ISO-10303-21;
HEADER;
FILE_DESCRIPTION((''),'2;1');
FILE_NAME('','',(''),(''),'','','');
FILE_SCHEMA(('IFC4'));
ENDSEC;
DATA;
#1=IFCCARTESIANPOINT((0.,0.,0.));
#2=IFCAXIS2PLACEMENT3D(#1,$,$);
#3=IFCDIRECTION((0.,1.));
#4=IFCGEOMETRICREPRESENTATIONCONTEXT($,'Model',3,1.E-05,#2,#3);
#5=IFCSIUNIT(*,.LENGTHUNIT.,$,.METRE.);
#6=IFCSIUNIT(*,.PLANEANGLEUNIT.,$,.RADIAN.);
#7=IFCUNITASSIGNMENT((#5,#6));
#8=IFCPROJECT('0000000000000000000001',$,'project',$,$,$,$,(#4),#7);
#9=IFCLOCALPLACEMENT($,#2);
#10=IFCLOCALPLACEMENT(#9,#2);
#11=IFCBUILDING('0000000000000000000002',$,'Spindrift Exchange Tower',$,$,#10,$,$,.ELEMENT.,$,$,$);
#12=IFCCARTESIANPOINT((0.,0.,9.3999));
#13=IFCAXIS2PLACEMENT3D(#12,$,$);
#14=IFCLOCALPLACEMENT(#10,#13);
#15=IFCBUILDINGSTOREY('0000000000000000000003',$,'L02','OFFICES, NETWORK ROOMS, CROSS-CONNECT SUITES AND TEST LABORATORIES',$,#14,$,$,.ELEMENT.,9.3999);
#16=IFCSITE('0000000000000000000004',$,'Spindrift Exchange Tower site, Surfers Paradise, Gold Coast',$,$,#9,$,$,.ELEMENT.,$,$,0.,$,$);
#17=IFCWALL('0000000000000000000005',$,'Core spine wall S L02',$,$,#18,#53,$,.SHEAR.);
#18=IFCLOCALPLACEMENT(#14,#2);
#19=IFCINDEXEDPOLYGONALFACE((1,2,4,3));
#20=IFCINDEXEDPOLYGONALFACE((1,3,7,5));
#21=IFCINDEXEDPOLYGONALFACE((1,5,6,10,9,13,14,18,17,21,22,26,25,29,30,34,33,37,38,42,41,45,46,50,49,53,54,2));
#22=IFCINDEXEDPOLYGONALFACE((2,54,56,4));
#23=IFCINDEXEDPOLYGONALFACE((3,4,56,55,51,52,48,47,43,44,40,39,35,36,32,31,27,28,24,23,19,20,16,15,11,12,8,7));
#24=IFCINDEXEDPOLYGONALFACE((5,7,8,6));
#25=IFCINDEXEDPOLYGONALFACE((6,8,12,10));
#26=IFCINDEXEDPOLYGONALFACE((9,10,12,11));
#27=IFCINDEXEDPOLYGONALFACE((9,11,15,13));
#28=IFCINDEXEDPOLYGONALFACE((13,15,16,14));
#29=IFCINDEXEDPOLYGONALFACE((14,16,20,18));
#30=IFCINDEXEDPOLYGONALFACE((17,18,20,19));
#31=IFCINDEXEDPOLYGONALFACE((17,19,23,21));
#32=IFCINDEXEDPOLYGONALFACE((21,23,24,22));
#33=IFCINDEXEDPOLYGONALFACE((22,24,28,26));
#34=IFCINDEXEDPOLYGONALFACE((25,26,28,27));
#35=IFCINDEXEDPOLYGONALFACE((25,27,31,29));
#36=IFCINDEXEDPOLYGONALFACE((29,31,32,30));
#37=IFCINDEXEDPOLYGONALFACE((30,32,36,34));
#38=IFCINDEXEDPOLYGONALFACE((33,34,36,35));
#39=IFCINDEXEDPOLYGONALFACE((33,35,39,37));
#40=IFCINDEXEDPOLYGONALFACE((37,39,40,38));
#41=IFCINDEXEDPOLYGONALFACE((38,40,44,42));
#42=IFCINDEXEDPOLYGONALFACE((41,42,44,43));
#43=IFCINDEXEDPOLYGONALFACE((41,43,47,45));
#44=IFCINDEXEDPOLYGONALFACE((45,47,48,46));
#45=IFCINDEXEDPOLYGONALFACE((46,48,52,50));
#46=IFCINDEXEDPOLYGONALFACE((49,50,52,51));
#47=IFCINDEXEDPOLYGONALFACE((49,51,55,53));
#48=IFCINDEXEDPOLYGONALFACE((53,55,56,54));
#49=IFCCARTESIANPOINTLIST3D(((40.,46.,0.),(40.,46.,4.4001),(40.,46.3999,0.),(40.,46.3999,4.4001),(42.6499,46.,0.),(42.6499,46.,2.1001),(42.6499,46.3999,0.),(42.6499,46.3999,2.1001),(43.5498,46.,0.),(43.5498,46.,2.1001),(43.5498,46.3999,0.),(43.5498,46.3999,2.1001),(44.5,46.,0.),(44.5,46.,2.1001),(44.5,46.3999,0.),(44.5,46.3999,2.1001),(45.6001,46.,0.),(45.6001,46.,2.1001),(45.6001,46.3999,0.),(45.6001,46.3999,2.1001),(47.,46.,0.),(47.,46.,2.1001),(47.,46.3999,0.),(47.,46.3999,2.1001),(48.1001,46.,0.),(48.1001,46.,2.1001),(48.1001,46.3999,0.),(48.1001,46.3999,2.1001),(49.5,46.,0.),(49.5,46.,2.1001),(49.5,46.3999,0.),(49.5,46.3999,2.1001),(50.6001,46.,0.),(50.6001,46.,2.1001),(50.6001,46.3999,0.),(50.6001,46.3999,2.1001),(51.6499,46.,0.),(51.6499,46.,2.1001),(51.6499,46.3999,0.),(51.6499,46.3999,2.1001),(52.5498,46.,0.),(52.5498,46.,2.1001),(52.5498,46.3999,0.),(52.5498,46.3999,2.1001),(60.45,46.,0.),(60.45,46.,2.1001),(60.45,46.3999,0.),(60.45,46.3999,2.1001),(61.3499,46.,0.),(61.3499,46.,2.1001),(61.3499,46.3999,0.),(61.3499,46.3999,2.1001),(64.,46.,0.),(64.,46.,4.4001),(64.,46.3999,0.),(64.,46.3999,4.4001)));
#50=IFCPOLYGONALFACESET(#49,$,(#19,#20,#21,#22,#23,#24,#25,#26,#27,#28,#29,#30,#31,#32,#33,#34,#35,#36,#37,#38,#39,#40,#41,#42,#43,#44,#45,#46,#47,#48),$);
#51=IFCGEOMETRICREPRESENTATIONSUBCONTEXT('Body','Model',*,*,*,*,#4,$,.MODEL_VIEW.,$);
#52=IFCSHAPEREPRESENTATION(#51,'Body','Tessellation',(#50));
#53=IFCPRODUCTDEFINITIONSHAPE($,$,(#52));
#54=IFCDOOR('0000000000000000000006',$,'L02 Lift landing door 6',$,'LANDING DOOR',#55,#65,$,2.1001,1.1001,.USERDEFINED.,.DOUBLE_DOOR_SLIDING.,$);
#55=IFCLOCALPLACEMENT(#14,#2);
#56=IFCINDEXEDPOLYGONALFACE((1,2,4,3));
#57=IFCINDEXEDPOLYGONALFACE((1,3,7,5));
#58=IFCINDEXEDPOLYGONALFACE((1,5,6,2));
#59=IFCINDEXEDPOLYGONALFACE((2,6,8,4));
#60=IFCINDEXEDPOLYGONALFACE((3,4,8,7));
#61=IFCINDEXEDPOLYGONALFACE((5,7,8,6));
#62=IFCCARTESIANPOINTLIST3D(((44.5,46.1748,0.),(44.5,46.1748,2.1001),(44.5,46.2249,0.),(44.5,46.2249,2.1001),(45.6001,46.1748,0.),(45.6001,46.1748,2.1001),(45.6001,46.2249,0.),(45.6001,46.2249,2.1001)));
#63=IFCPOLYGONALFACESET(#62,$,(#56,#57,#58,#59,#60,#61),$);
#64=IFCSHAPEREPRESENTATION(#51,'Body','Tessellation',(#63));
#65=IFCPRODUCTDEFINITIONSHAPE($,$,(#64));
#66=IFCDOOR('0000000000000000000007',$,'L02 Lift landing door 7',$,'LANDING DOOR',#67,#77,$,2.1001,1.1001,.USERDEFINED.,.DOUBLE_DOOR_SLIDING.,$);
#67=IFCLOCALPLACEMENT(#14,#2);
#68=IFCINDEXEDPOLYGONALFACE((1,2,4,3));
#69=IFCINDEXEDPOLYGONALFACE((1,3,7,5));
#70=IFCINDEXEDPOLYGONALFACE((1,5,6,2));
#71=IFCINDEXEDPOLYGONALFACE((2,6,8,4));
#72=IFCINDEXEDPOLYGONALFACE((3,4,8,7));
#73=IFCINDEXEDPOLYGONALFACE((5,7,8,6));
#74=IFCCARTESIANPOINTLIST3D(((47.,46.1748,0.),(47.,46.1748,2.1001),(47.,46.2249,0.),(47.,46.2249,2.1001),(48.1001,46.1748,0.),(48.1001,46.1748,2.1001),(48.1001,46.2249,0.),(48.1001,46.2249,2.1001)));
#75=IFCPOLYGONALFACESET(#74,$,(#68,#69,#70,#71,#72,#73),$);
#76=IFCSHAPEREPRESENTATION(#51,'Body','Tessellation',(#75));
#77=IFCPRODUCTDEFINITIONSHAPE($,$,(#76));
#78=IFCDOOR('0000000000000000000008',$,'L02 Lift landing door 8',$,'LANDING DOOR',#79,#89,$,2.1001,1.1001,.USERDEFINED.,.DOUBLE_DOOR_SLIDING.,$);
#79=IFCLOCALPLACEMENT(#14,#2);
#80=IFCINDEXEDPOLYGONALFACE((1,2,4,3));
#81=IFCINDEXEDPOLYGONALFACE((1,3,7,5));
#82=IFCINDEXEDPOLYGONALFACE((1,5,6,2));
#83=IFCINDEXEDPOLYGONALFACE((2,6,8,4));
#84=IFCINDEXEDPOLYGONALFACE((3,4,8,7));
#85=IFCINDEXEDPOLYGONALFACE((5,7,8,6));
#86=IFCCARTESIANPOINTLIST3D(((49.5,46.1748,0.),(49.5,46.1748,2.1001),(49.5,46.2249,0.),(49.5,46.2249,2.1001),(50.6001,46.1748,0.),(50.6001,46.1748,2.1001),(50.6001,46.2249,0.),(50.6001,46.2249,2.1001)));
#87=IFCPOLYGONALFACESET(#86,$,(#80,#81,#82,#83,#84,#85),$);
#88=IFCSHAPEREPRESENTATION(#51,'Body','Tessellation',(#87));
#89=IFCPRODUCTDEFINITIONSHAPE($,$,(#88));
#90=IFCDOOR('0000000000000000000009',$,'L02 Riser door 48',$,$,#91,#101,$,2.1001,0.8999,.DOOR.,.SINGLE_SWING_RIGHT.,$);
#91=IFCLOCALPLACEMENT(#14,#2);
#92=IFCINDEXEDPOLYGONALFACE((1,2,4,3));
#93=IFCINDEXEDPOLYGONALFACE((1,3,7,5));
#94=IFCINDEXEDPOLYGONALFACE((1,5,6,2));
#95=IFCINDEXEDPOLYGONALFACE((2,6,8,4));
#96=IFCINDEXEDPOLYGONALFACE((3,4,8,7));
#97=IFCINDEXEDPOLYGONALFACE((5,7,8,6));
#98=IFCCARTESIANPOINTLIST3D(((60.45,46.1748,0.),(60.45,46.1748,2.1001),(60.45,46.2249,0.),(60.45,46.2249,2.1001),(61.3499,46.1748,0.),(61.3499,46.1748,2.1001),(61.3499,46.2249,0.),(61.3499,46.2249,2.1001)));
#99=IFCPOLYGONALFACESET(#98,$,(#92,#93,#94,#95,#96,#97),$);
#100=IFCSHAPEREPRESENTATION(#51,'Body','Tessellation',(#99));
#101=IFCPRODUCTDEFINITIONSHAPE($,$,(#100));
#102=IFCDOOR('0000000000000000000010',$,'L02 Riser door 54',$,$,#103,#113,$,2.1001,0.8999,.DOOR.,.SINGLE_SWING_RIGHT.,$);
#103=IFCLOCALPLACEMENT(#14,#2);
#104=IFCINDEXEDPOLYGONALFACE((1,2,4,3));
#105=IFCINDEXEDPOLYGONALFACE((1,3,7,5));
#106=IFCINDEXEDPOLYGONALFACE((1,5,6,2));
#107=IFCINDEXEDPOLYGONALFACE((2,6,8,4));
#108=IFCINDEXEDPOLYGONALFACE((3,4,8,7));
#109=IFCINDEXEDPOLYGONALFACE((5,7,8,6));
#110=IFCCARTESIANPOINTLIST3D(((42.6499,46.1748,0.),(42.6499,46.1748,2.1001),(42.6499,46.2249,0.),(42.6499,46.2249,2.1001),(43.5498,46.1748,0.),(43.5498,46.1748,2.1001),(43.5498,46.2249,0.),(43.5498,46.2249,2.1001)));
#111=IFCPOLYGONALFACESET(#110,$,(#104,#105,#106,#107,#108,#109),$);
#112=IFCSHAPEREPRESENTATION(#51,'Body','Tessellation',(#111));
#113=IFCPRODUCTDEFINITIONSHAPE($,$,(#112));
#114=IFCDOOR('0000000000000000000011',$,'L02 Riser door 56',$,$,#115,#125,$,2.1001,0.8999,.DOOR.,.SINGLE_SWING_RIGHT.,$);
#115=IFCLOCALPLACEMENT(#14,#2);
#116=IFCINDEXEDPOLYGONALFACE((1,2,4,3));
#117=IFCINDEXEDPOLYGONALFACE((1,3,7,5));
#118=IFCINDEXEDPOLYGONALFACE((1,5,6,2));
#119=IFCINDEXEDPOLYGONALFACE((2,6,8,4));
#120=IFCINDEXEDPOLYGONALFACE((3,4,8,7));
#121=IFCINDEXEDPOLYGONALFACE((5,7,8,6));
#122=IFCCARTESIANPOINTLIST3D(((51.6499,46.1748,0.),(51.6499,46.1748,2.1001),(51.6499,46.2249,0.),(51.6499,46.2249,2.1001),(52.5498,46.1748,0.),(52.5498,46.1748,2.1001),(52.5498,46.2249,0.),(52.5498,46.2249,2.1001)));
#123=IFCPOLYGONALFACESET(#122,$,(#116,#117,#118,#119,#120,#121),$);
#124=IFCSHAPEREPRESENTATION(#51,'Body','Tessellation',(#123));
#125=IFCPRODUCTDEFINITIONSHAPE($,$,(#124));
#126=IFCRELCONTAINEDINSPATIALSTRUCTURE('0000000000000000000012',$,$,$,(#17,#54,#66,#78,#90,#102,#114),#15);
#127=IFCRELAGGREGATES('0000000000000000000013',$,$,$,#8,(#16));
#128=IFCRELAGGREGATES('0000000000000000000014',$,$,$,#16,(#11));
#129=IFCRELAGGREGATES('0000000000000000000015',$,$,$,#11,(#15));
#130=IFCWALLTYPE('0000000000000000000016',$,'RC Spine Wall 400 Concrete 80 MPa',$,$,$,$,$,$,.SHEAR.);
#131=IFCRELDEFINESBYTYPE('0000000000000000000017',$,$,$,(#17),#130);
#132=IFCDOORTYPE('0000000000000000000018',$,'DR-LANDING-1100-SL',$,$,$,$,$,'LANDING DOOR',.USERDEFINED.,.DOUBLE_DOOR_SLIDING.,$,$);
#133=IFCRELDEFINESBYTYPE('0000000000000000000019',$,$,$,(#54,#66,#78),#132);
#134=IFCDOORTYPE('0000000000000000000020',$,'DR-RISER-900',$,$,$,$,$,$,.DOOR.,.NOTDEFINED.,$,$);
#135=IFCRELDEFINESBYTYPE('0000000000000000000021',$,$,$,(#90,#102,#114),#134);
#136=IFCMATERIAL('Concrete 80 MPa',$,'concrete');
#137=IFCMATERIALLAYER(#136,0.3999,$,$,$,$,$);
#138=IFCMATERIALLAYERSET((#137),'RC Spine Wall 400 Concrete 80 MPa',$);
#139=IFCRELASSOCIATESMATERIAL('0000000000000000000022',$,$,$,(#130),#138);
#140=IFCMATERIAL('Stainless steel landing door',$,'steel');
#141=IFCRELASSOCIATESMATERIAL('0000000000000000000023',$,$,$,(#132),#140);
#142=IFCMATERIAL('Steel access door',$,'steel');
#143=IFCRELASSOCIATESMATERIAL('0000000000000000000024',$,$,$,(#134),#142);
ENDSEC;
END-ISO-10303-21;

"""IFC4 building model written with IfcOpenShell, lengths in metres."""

from ifc_helpers import new_model, si_unit, direction, frame, frame_2d, origin, place, context, subcontext, project, spatial, rectangle, extrude, source, transform, mapped, material, layer, layer_set, type_object, element, fill, save


model = new_model("IFC4")

# Units and contexts
model_context = context("Model", 3, precision=1e-05, world=origin(), true_north=direction((0.0, 1.0)))
body_context = subcontext(model_context, "Body", "Model", "MODEL_VIEW")
ifc_project = project(units=[si_unit("LENGTHUNIT", "METRE"), si_unit("PLANEANGLEUNIT", "RADIAN")], contexts=[model_context])

# Site, building, storey
site_placement = place(None, origin())
site = spatial("IfcSite", under=ifc_project, at=site_placement, Name="Spindrift Exchange Tower site, Surfers Paradise, Gold Coast", CompositionType="ELEMENT", RefElevation=0.0)
building_placement = place(site_placement, origin())
building = spatial("IfcBuilding", under=site, at=building_placement, Name="Spindrift Exchange Tower", CompositionType="ELEMENT")
storey_placement = place(building_placement, frame((0.0, 0.0, 9.3999)))
storey = spatial("IfcBuildingStorey", under=building, at=storey_placement, Name="L02", Description="OFFICES, NETWORK ROOMS, CROSS-CONNECT SUITES AND TEST LABORATORIES", CompositionType="ELEMENT", Elevation=9.3999)

# Wall, openings, doors
ifc_material_1 = material(Name="Concrete 80 MPa", Category="concrete")
ifc_layer = layer(ifc_material_1, 0.3999)
ifc_layer_set = layer_set([ifc_layer], Name="RC Spine Wall 400 Concrete 80 MPa")
wall_type = type_object("IfcWallType", Name="RC Spine Wall 400 Concrete 80 MPa", PredefinedType="SHEAR", material=ifc_layer_set)
ifc_material_2 = material(Name="Stainless steel landing door", Category="steel")
door_type_1 = type_object("IfcDoorType", Name="DR-LANDING-1100-SL", ElementType="LANDING DOOR", OperationType="DOUBLE_DOOR_SLIDING", PredefinedType="USERDEFINED", material=ifc_material_2)
shared_shape_1 = source(origin(), body_context, "Body", "SweptSolid", [
    extrude(rectangle(XDim=1.1001, YDim=2.1001, at=frame_2d((0.55, 1.05))), frame((0.0, 0.0249, 0.0), z_axis=(0.0, -1.0, 0.0), x_axis=(1.0, 0.0, 0.0)), (0.0, 0.0, 1.0), 0.05),
])
ifc_material_3 = material(Name="Steel access door", Category="steel")
door_type_2 = type_object("IfcDoorType", Name="DR-RISER-900", OperationType="NOTDEFINED", PredefinedType="DOOR", material=ifc_material_3)
shared_shape_2 = source(origin(), body_context, "Body", "SweptSolid", [
    extrude(rectangle(XDim=0.8999, YDim=2.1001, at=frame_2d((0.45, 1.05))), frame((0.0, 0.0249, 0.0), z_axis=(0.0, -1.0, 0.0), x_axis=(1.0, 0.0, 0.0)), (0.0, 0.0, 1.0), 0.05),
])
wall_1_placement = place(storey_placement, frame((40.0, 46.2, 0.0), z_axis=(0.0, 0.0, 1.0), x_axis=(1.0, 0.0, 0.0)))
wall_1 = element("IfcWall", 1, at=wall_1_placement, inside=storey, type_object=wall_type, Name="Core spine wall S L02", PredefinedType="SHEAR", context=body_context, shape_type="SweptSolid", body=[
    extrude(rectangle(XDim=24.0, YDim=0.3999, at=frame_2d((12.0, 0.0))), origin(), (0.0, 0.0, 1.0), 4.4001),
])
opening_1_placement = place(wall_1_placement, frame((4.5, 0.0, 0.0)))
opening_1 = element("IfcOpeningElement", 2, at=opening_1_placement, cuts=wall_1, PredefinedType="OPENING", context=body_context, shape_type="SweptSolid", body=[
    extrude(rectangle(XDim=1.1001, YDim=2.1001, at=frame_2d((0.55, 1.05))), frame((0.0, 0.21, 0.0), z_axis=(0.0, -1.0, 0.0), x_axis=(1.0, 0.0, 0.0)), (0.0, 0.0, 1.0), 0.4199),
])
opening_2_placement = place(wall_1_placement, frame((7.0, 0.0, 0.0)))
opening_2 = element("IfcOpeningElement", 3, at=opening_2_placement, cuts=wall_1, PredefinedType="OPENING", context=body_context, shape_type="SweptSolid", body=[
    extrude(rectangle(XDim=1.1001, YDim=2.1001, at=frame_2d((0.55, 1.05))), frame((0.0, 0.21, 0.0), z_axis=(0.0, -1.0, 0.0), x_axis=(1.0, 0.0, 0.0)), (0.0, 0.0, 1.0), 0.4199),
])
opening_3_placement = place(wall_1_placement, frame((9.5, 0.0, 0.0)))
opening_3 = element("IfcOpeningElement", 4, at=opening_3_placement, cuts=wall_1, PredefinedType="OPENING", context=body_context, shape_type="SweptSolid", body=[
    extrude(rectangle(XDim=1.1001, YDim=2.1001, at=frame_2d((0.55, 1.05))), frame((0.0, 0.21, 0.0), z_axis=(0.0, -1.0, 0.0), x_axis=(1.0, 0.0, 0.0)), (0.0, 0.0, 1.0), 0.4199),
])
opening_4_placement = place(wall_1_placement, frame((20.45, 0.0, 0.0)))
opening_4 = element("IfcOpeningElement", 5, at=opening_4_placement, cuts=wall_1, PredefinedType="OPENING", context=body_context, shape_type="SweptSolid", body=[
    extrude(rectangle(XDim=0.8999, YDim=2.1001, at=frame_2d((0.45, 1.05))), frame((0.0, 0.21, 0.0), z_axis=(0.0, -1.0, 0.0), x_axis=(1.0, 0.0, 0.0)), (0.0, 0.0, 1.0), 0.4199),
])
opening_5_placement = place(wall_1_placement, frame((2.6499, 0.0, 0.0)))
opening_5 = element("IfcOpeningElement", 6, at=opening_5_placement, cuts=wall_1, PredefinedType="OPENING", context=body_context, shape_type="SweptSolid", body=[
    extrude(rectangle(XDim=0.8999, YDim=2.1001, at=frame_2d((0.45, 1.05))), frame((0.0, 0.21, 0.0), z_axis=(0.0, -1.0, 0.0), x_axis=(1.0, 0.0, 0.0)), (0.0, 0.0, 1.0), 0.4199),
])
opening_6_placement = place(wall_1_placement, frame((11.6499, 0.0, 0.0)))
opening_6 = element("IfcOpeningElement", 7, at=opening_6_placement, cuts=wall_1, PredefinedType="OPENING", context=body_context, shape_type="SweptSolid", body=[
    extrude(rectangle(XDim=0.8999, YDim=2.1001, at=frame_2d((0.45, 1.05))), frame((0.0, 0.21, 0.0), z_axis=(0.0, -1.0, 0.0), x_axis=(1.0, 0.0, 0.0)), (0.0, 0.0, 1.0), 0.4199),
])
door_1_placement = place(opening_1_placement, origin())
door_1 = element("IfcDoor", 8, at=door_1_placement, inside=storey, type_object=door_type_1, Name="L02 Lift landing door 6", ObjectType="LANDING DOOR", OperationType="DOUBLE_DOOR_SLIDING", OverallHeight=2.1001, OverallWidth=1.1001, PredefinedType="USERDEFINED", context=body_context, shape_type="MappedRepresentation", body=[
    mapped(shared_shape_1, transform((0.0, 0.0, 0.0), scale=1.0)),
])
fill(opening_1, door_1)
door_2_placement = place(opening_2_placement, origin())
door_2 = element("IfcDoor", 9, at=door_2_placement, inside=storey, type_object=door_type_1, Name="L02 Lift landing door 7", ObjectType="LANDING DOOR", OperationType="DOUBLE_DOOR_SLIDING", OverallHeight=2.1001, OverallWidth=1.1001, PredefinedType="USERDEFINED", context=body_context, shape_type="MappedRepresentation", body=[
    mapped(shared_shape_1, transform((0.0, 0.0, 0.0), scale=1.0)),
])
fill(opening_2, door_2)
door_3_placement = place(opening_3_placement, origin())
door_3 = element("IfcDoor", 10, at=door_3_placement, inside=storey, type_object=door_type_1, Name="L02 Lift landing door 8", ObjectType="LANDING DOOR", OperationType="DOUBLE_DOOR_SLIDING", OverallHeight=2.1001, OverallWidth=1.1001, PredefinedType="USERDEFINED", context=body_context, shape_type="MappedRepresentation", body=[
    mapped(shared_shape_1, transform((0.0, 0.0, 0.0), scale=1.0)),
])
fill(opening_3, door_3)
door_4_placement = place(opening_4_placement, origin())
door_4 = element("IfcDoor", 11, at=door_4_placement, inside=storey, type_object=door_type_2, Name="L02 Riser door 48", OperationType="SINGLE_SWING_RIGHT", OverallHeight=2.1001, OverallWidth=0.8999, PredefinedType="DOOR", context=body_context, shape_type="MappedRepresentation", body=[
    mapped(shared_shape_2, transform((0.0, 0.0, 0.0), scale=1.0)),
])
fill(opening_4, door_4)
door_5_placement = place(opening_5_placement, origin())
door_5 = element("IfcDoor", 12, at=door_5_placement, inside=storey, type_object=door_type_2, Name="L02 Riser door 54", OperationType="SINGLE_SWING_RIGHT", OverallHeight=2.1001, OverallWidth=0.8999, PredefinedType="DOOR", context=body_context, shape_type="MappedRepresentation", body=[
    mapped(shared_shape_2, transform((0.0, 0.0, 0.0), scale=1.0)),
])
fill(opening_5, door_5)
door_6_placement = place(opening_6_placement, origin())
door_6 = element("IfcDoor", 13, at=door_6_placement, inside=storey, type_object=door_type_2, Name="L02 Riser door 56", OperationType="SINGLE_SWING_RIGHT", OverallHeight=2.1001, OverallWidth=0.8999, PredefinedType="DOOR", context=body_context, shape_type="MappedRepresentation", body=[
    mapped(shared_shape_2, transform((0.0, 0.0, 0.0), scale=1.0)),
])
fill(opening_6, door_6)

save(model, "model.ifc")
